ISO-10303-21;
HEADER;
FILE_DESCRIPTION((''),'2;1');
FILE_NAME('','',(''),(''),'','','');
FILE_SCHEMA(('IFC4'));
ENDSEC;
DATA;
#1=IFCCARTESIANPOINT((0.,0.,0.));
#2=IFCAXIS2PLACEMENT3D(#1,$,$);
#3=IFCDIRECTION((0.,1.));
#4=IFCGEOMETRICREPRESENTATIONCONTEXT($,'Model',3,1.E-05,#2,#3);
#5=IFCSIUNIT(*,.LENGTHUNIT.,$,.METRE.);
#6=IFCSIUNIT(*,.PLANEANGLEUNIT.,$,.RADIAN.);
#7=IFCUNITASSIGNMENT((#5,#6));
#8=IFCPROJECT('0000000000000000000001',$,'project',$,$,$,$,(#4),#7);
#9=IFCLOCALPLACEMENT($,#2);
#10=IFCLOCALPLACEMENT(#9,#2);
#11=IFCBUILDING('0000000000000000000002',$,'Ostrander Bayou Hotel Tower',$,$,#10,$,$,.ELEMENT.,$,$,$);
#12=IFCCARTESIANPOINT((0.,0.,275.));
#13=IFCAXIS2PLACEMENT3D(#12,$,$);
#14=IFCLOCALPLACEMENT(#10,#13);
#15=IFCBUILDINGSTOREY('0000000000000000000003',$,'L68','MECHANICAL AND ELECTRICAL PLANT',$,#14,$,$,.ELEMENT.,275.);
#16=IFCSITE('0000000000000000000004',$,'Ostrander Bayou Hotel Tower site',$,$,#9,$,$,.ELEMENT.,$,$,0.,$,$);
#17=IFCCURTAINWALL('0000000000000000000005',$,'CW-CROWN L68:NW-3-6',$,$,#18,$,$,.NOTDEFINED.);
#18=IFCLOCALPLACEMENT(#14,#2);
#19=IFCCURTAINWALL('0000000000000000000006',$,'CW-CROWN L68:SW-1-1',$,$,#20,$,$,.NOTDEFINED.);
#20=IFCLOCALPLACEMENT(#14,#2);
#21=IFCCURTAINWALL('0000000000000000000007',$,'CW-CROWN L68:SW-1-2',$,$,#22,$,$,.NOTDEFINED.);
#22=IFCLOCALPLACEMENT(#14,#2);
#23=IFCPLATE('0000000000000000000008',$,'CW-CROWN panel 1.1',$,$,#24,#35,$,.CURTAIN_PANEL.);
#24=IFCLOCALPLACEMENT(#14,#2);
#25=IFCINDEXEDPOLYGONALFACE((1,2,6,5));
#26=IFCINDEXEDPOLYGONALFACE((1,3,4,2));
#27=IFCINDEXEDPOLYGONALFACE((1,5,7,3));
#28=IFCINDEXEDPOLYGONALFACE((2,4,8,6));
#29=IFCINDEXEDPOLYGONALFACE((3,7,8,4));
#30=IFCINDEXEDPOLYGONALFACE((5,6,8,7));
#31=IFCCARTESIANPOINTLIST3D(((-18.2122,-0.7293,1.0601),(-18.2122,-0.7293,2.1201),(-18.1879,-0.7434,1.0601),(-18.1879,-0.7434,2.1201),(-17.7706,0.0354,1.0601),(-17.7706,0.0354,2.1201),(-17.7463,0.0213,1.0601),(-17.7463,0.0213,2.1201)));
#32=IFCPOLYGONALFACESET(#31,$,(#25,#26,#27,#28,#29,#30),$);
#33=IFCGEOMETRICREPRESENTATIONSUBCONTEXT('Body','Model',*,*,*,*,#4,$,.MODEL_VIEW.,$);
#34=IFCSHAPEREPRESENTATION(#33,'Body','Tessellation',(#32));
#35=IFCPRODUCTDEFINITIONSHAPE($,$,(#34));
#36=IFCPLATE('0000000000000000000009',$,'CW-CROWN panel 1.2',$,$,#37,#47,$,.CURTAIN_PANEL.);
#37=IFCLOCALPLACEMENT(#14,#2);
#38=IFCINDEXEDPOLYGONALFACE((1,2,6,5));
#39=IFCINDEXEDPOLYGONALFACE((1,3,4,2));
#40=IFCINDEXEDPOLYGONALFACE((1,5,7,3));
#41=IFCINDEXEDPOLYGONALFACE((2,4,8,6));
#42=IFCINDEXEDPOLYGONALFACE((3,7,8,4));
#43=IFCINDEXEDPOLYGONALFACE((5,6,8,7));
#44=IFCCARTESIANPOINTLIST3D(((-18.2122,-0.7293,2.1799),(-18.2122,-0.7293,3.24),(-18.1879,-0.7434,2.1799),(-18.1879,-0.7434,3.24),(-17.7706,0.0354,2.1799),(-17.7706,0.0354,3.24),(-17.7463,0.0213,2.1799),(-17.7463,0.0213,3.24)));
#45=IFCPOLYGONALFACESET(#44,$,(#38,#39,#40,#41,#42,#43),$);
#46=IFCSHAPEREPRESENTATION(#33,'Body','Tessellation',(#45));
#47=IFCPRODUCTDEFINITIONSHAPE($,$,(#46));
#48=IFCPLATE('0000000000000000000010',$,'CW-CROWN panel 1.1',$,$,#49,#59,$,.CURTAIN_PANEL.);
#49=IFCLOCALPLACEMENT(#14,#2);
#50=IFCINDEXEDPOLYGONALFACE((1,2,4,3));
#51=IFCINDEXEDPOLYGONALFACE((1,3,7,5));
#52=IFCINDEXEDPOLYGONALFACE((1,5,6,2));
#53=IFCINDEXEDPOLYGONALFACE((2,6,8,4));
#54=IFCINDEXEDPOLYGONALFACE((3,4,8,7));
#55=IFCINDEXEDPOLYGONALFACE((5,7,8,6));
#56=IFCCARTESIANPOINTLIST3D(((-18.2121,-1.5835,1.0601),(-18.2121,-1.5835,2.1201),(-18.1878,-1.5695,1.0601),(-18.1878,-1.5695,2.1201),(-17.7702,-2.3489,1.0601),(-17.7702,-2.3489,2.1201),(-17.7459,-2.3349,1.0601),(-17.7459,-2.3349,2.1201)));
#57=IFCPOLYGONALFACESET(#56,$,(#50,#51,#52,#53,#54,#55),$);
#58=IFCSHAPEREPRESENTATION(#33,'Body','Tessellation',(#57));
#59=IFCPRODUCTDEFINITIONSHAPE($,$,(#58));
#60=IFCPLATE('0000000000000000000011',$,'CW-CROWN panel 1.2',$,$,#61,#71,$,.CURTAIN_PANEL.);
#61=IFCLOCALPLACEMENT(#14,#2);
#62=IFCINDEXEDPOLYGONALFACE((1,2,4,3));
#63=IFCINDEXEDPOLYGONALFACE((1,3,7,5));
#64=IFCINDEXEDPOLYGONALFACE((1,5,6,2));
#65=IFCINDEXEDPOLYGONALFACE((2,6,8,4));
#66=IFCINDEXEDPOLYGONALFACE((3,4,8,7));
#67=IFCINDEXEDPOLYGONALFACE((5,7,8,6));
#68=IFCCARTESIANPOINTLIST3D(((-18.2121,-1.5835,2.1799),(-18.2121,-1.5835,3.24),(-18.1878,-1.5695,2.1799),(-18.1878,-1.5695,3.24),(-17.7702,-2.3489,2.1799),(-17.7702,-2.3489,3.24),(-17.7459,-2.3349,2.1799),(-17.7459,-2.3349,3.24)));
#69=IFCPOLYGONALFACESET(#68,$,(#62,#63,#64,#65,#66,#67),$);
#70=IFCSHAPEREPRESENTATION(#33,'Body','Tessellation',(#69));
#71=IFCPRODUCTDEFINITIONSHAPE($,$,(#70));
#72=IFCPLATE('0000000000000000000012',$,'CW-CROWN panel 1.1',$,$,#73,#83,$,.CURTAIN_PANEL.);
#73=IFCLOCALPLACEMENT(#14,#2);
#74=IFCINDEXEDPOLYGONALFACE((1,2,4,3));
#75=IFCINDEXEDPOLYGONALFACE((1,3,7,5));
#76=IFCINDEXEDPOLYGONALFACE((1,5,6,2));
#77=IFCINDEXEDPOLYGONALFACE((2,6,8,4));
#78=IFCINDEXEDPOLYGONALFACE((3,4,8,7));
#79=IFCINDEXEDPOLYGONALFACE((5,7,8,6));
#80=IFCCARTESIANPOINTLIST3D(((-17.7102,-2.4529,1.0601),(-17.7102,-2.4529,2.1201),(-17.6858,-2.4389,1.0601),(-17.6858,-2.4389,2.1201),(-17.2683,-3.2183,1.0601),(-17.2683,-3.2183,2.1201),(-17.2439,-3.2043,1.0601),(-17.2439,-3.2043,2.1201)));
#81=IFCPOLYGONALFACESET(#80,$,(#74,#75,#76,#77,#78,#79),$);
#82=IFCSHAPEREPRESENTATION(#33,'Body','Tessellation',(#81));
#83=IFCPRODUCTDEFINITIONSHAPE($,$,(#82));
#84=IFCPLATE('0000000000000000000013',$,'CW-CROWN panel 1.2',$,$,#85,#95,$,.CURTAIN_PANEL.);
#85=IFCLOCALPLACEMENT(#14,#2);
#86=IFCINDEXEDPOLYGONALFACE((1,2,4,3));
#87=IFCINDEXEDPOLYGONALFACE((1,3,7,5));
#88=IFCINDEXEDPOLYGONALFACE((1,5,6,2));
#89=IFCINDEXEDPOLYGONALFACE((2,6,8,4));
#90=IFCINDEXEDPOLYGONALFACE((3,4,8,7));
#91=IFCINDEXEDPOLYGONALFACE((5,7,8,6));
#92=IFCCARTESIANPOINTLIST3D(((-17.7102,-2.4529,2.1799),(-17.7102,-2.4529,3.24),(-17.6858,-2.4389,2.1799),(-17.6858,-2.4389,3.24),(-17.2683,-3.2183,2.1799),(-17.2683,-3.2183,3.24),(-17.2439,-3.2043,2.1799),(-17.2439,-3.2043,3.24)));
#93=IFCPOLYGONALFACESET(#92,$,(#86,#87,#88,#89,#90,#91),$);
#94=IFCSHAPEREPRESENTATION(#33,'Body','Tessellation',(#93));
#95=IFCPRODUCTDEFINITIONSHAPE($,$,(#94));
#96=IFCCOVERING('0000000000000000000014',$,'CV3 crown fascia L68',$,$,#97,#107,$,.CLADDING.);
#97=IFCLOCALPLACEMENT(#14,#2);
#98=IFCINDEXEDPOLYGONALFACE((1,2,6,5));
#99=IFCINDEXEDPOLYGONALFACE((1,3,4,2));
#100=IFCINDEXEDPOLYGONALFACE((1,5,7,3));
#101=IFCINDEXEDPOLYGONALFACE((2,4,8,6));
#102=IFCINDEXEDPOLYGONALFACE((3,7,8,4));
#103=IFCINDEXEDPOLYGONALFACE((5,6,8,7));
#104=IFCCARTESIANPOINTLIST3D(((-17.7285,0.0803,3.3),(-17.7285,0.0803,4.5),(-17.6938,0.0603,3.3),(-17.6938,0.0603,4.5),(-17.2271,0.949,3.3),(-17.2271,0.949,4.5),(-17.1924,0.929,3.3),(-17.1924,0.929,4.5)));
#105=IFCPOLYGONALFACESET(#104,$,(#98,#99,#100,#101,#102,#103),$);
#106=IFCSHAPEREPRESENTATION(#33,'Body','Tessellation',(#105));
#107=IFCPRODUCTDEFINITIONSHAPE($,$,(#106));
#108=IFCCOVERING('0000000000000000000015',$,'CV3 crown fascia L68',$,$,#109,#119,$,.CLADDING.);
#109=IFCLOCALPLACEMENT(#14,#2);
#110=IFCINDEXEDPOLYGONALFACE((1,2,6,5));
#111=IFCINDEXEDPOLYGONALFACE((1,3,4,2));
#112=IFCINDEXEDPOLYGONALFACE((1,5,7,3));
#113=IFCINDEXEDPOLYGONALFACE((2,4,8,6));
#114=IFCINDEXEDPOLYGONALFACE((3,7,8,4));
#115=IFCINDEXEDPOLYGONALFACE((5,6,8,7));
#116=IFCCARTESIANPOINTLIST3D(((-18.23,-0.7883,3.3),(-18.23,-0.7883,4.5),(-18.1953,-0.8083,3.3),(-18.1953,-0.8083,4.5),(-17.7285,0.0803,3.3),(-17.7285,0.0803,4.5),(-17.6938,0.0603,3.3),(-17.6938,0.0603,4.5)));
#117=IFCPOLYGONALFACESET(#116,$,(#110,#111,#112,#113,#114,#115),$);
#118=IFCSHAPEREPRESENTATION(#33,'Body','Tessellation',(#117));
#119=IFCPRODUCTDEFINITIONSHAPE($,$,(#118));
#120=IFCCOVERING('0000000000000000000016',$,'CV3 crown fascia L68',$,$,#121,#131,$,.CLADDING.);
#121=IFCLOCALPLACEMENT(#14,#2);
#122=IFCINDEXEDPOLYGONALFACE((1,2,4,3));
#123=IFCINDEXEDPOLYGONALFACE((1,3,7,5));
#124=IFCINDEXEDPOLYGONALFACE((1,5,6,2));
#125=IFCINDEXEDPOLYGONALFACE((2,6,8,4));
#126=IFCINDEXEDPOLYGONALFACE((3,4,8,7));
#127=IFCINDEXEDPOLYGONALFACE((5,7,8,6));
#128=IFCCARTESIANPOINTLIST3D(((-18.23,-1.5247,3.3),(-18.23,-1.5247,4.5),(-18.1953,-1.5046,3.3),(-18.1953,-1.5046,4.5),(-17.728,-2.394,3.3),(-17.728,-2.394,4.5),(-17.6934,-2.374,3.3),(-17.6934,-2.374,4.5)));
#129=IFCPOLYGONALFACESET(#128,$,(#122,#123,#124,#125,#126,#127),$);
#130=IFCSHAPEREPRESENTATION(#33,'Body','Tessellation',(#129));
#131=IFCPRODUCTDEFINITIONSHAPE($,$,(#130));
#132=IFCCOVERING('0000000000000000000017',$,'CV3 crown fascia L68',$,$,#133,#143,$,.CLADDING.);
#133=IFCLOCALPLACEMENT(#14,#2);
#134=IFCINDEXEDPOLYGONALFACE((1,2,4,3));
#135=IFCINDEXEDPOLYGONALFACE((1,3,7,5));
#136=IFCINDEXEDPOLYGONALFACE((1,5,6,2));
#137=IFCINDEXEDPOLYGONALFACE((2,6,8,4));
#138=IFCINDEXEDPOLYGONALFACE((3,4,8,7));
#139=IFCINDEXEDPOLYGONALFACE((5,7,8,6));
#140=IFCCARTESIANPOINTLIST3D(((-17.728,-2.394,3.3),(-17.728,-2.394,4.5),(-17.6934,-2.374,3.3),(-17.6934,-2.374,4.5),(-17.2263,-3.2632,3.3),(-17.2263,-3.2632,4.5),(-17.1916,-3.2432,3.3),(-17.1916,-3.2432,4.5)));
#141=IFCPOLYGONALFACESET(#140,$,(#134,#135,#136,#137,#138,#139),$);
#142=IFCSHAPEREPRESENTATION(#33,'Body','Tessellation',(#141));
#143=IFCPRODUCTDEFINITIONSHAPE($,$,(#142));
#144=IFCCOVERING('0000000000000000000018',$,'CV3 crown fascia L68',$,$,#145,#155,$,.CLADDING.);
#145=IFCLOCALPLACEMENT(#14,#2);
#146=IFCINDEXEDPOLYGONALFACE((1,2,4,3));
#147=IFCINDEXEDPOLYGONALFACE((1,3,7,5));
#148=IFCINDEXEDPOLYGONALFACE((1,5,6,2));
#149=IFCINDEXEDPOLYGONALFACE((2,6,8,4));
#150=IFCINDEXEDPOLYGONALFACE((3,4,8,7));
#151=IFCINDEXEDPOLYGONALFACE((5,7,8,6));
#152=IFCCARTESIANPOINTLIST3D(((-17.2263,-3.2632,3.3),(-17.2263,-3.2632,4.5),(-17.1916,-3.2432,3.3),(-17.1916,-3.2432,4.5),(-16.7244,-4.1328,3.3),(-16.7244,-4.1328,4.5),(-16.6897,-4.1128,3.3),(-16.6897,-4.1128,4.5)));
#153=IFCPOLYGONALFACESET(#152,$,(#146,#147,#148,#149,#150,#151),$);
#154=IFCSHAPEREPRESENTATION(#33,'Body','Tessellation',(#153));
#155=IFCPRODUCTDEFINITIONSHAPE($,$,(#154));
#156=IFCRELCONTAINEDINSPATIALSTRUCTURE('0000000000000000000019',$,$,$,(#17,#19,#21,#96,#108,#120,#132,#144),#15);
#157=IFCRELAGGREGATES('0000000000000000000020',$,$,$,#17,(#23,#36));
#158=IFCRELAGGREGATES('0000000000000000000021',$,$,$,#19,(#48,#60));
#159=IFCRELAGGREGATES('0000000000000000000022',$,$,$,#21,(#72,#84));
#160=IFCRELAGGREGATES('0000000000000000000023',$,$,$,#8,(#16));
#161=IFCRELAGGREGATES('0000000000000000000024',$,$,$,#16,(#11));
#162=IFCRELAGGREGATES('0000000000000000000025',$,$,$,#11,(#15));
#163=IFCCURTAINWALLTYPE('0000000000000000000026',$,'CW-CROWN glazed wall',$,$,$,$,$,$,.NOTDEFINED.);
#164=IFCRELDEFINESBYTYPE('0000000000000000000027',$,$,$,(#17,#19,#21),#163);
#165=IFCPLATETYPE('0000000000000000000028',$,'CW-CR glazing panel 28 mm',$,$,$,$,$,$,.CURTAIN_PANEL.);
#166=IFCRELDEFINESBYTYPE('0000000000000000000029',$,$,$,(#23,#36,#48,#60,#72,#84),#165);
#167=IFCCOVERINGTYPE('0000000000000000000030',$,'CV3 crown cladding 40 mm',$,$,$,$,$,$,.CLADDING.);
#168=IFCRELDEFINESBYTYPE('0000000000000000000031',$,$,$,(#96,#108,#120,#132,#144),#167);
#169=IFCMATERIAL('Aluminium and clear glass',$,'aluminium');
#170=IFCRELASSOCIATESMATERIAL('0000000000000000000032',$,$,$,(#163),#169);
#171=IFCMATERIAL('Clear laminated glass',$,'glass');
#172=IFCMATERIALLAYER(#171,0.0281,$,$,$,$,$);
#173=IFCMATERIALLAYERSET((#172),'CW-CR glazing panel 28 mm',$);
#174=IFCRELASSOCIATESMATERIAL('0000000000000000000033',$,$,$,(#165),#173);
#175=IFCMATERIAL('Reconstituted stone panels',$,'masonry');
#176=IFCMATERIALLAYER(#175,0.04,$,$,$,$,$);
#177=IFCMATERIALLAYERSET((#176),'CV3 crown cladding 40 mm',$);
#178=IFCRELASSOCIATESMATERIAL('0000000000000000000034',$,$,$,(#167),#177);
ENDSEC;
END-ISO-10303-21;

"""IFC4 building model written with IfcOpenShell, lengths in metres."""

from ifc_helpers import new_model, si_unit, direction, frame, origin, origin_2d, place, context, subcontext, project, spatial, polyline, rectangle, outline, extrude, material, layer, layer_set, type_object, element, aggregate, save


model = new_model("IFC4")

# Units and contexts
model_context = context("Model", 3, precision=1e-05, world=origin(), true_north=direction((0.0, 1.0)))
body_context = subcontext(model_context, "Body", "Model", "MODEL_VIEW")
ifc_project = project(units=[si_unit("LENGTHUNIT", "METRE"), si_unit("PLANEANGLEUNIT", "RADIAN")], contexts=[model_context])

# Site, building, storey
site_placement = place(None, origin())
site = spatial("IfcSite", under=ifc_project, at=site_placement, Name="Ostrander Bayou Hotel Tower site", CompositionType="ELEMENT", RefElevation=0.0)
building_placement = place(site_placement, origin())
building = spatial("IfcBuilding", under=site, at=building_placement, Name="Ostrander Bayou Hotel Tower", CompositionType="ELEMENT")
storey_placement = place(building_placement, frame((0.0, 0.0, 275.0)))
storey = spatial("IfcBuildingStorey", under=building, at=storey_placement, Name="L68", Description="MECHANICAL AND ELECTRICAL PLANT", CompositionType="ELEMENT", Elevation=275.0)

# Curtain walls
ifc_material_1 = material(Name="Aluminium and clear glass", Category="aluminium")
curtain_wall_type = type_object("IfcCurtainWallType", Name="CW-CROWN glazed wall", PredefinedType="NOTDEFINED", material=ifc_material_1)
curtain_wall_1_placement = place(storey_placement, origin())
curtain_wall_1 = element("IfcCurtainWall", 1, at=curtain_wall_1_placement, inside=storey, type_object=curtain_wall_type, Name="CW-CROWN L68:NW-3-6", PredefinedType="NOTDEFINED")
curtain_wall_2_placement = place(storey_placement, origin())
curtain_wall_2 = element("IfcCurtainWall", 2, at=curtain_wall_2_placement, inside=storey, type_object=curtain_wall_type, Name="CW-CROWN L68:SW-1-1", PredefinedType="NOTDEFINED")
curtain_wall_3_placement = place(storey_placement, origin())
curtain_wall_3 = element("IfcCurtainWall", 3, at=curtain_wall_3_placement, inside=storey, type_object=curtain_wall_type, Name="CW-CROWN L68:SW-1-2", PredefinedType="NOTDEFINED")

# Plates
ifc_material_2 = material(Name="Clear laminated glass", Category="glass")
ifc_layer_1 = layer(ifc_material_2, 0.0281)
ifc_layer_set_1 = layer_set([ifc_layer_1], Name="CW-CR glazing panel 28 mm")
plate_type = type_object("IfcPlateType", Name="CW-CR glazing panel 28 mm", PredefinedType="CURTAIN_PANEL", material=ifc_layer_set_1)
plate_1_placement = place(storey_placement, frame((-17.9792, -0.354, 1.0601), z_axis=(0.0, 0.0, 1.0), x_axis=(-0.500085, -0.865976, 0.0)))
plate_1 = element("IfcPlate", 4, at=plate_1_placement, type_object=plate_type, Name="CW-CROWN panel 1.1", PredefinedType="CURTAIN_PANEL", context=body_context, shape_type="SweptSolid", body=[
    extrude(rectangle(XDim=0.8831, YDim=0.0281, at=origin_2d()), origin(), (0.0, 0.0, 1.0), 1.0601),
])
plate_2_placement = place(storey_placement, frame((-17.9792, -0.354, 2.1799), z_axis=(0.0, 0.0, 1.0), x_axis=(-0.500085, -0.865976, 0.0)))
plate_2 = element("IfcPlate", 5, at=plate_2_placement, type_object=plate_type, Name="CW-CROWN panel 1.2", PredefinedType="CURTAIN_PANEL", context=body_context, shape_type="SweptSolid", body=[
    extrude(rectangle(XDim=0.8831, YDim=0.0281, at=origin_2d()), origin(), (0.0, 0.0, 1.0), 1.0601),
])
aggregate(curtain_wall_1, [plate_1, plate_2])
plate_3_placement = place(storey_placement, frame((-17.979, -1.9592, 1.0601), z_axis=(0.0, 0.0, 1.0), x_axis=(0.499964, -0.866046, 0.0)))
plate_3 = element("IfcPlate", 6, at=plate_3_placement, type_object=plate_type, Name="CW-CROWN panel 1.1", PredefinedType="CURTAIN_PANEL", context=body_context, shape_type="SweptSolid", body=[
    extrude(rectangle(XDim=0.8838, YDim=0.0281, at=origin_2d()), origin(), (0.0, 0.0, 1.0), 1.0601),
])
plate_4_placement = place(storey_placement, frame((-17.979, -1.9592, 2.1799), z_axis=(0.0, 0.0, 1.0), x_axis=(0.499964, -0.866046, 0.0)))
plate_4 = element("IfcPlate", 7, at=plate_4_placement, type_object=plate_type, Name="CW-CROWN panel 1.2", PredefinedType="CURTAIN_PANEL", context=body_context, shape_type="SweptSolid", body=[
    extrude(rectangle(XDim=0.8838, YDim=0.0281, at=origin_2d()), origin(), (0.0, 0.0, 1.0), 1.0601),
])
aggregate(curtain_wall_2, [plate_3, plate_4])
plate_5_placement = place(storey_placement, frame((-17.4771, -2.8286, 1.0601), z_axis=(0.0, 0.0, 1.0), x_axis=(0.500007, -0.866021, 0.0)))
plate_5 = element("IfcPlate", 8, at=plate_5_placement, type_object=plate_type, Name="CW-CROWN panel 1.1", PredefinedType="CURTAIN_PANEL", context=body_context, shape_type="SweptSolid", body=[
    extrude(rectangle(XDim=0.8838, YDim=0.0281, at=origin_2d()), origin(), (0.0, 0.0, 1.0), 1.0601),
])
plate_6_placement = place(storey_placement, frame((-17.4771, -2.8286, 2.1799), z_axis=(0.0, 0.0, 1.0), x_axis=(0.500007, -0.866021, 0.0)))
plate_6 = element("IfcPlate", 9, at=plate_6_placement, type_object=plate_type, Name="CW-CROWN panel 1.2", PredefinedType="CURTAIN_PANEL", context=body_context, shape_type="SweptSolid", body=[
    extrude(rectangle(XDim=0.8838, YDim=0.0281, at=origin_2d()), origin(), (0.0, 0.0, 1.0), 1.0601),
])
aggregate(curtain_wall_3, [plate_5, plate_6])

# Coverings
ifc_material_3 = material(Name="Reconstituted stone panels", Category="masonry")
ifc_layer_2 = layer(ifc_material_3, 0.04)
ifc_layer_set_2 = layer_set([ifc_layer_2], Name="CV3 crown cladding 40 mm")
covering_type = type_object("IfcCoveringType", Name="CV3 crown cladding 40 mm", PredefinedType="CLADDING", material=ifc_layer_set_2)
for number, where, z_axis, x_axis, name in (
    (10, (-17.2271, 0.949, 3.3), (-0.866048, 0.499961, 0.0), (-0.499961, -0.866048, 0.0), "CV3 crown fascia L68"),
    (11, (-17.7285, 0.0803, 3.3), (-0.866048, 0.499961, 0.0), (-0.499961, -0.866048, 0.0), "CV3 crown fascia L68"),
):
    element("IfcCovering", number, at=place(storey_placement, frame(where, z_axis=z_axis, x_axis=x_axis)), inside=storey, type_object=covering_type, Name=name, PredefinedType="CLADDING", context=body_context, shape_type="SweptSolid", body=[
        extrude(outline(polyline([(0.0, 0.0), (1.003, 0.0), (1.003, 1.2), (0.0, 1.2), (0.0, 0.0)])), origin(), (0.0, 0.0, -1.0), 0.04),
    ])
covering_1_placement = place(storey_placement, frame((-18.23, -1.5247, 3.3), z_axis=(-0.86602, -0.50001, 0.0), x_axis=(0.50001, -0.86602, 0.0)))
element("IfcCovering", 12, at=covering_1_placement, inside=storey, type_object=covering_type, Name="CV3 crown fascia L68", PredefinedType="CLADDING", context=body_context, shape_type="SweptSolid", body=[
    extrude(outline(polyline([(0.0, 0.0), (1.0039, 0.0), (1.0039, 1.2), (0.0, 1.2), (0.0, 0.0)])), origin(), (0.0, 0.0, -1.0), 0.04),
])
covering_2_placement = place(storey_placement, frame((-17.728, -2.394, 3.3), z_axis=(-0.866064, -0.499933, 0.0), x_axis=(0.499933, -0.866064, 0.0)))
element("IfcCovering", 13, at=covering_2_placement, inside=storey, type_object=covering_type, Name="CV3 crown fascia L68", PredefinedType="CLADDING", context=body_context, shape_type="SweptSolid", body=[
    extrude(outline(polyline([(0.0, 0.0), (1.0036, 0.0), (1.0036, 1.2), (0.0, 1.2), (0.0, 0.0)])), origin(), (0.0, 0.0, -1.0), 0.04),
])
covering_3_placement = place(storey_placement, frame((-17.2263, -3.2632, 3.3), z_axis=(-0.86608, -0.499905, 0.0), x_axis=(0.499905, -0.86608, 0.0)))
element("IfcCovering", 14, at=covering_3_placement, inside=storey, type_object=covering_type, Name="CV3 crown fascia L68", PredefinedType="CLADDING", context=body_context, shape_type="SweptSolid", body=[
    extrude(outline(polyline([(0.0, 0.0), (1.0041, 0.0), (1.0041, 1.2), (0.0, 1.2), (0.0, 0.0)])), origin(), (0.0, 0.0, -1.0), 0.04),
])

save(model, "model.ifc")
